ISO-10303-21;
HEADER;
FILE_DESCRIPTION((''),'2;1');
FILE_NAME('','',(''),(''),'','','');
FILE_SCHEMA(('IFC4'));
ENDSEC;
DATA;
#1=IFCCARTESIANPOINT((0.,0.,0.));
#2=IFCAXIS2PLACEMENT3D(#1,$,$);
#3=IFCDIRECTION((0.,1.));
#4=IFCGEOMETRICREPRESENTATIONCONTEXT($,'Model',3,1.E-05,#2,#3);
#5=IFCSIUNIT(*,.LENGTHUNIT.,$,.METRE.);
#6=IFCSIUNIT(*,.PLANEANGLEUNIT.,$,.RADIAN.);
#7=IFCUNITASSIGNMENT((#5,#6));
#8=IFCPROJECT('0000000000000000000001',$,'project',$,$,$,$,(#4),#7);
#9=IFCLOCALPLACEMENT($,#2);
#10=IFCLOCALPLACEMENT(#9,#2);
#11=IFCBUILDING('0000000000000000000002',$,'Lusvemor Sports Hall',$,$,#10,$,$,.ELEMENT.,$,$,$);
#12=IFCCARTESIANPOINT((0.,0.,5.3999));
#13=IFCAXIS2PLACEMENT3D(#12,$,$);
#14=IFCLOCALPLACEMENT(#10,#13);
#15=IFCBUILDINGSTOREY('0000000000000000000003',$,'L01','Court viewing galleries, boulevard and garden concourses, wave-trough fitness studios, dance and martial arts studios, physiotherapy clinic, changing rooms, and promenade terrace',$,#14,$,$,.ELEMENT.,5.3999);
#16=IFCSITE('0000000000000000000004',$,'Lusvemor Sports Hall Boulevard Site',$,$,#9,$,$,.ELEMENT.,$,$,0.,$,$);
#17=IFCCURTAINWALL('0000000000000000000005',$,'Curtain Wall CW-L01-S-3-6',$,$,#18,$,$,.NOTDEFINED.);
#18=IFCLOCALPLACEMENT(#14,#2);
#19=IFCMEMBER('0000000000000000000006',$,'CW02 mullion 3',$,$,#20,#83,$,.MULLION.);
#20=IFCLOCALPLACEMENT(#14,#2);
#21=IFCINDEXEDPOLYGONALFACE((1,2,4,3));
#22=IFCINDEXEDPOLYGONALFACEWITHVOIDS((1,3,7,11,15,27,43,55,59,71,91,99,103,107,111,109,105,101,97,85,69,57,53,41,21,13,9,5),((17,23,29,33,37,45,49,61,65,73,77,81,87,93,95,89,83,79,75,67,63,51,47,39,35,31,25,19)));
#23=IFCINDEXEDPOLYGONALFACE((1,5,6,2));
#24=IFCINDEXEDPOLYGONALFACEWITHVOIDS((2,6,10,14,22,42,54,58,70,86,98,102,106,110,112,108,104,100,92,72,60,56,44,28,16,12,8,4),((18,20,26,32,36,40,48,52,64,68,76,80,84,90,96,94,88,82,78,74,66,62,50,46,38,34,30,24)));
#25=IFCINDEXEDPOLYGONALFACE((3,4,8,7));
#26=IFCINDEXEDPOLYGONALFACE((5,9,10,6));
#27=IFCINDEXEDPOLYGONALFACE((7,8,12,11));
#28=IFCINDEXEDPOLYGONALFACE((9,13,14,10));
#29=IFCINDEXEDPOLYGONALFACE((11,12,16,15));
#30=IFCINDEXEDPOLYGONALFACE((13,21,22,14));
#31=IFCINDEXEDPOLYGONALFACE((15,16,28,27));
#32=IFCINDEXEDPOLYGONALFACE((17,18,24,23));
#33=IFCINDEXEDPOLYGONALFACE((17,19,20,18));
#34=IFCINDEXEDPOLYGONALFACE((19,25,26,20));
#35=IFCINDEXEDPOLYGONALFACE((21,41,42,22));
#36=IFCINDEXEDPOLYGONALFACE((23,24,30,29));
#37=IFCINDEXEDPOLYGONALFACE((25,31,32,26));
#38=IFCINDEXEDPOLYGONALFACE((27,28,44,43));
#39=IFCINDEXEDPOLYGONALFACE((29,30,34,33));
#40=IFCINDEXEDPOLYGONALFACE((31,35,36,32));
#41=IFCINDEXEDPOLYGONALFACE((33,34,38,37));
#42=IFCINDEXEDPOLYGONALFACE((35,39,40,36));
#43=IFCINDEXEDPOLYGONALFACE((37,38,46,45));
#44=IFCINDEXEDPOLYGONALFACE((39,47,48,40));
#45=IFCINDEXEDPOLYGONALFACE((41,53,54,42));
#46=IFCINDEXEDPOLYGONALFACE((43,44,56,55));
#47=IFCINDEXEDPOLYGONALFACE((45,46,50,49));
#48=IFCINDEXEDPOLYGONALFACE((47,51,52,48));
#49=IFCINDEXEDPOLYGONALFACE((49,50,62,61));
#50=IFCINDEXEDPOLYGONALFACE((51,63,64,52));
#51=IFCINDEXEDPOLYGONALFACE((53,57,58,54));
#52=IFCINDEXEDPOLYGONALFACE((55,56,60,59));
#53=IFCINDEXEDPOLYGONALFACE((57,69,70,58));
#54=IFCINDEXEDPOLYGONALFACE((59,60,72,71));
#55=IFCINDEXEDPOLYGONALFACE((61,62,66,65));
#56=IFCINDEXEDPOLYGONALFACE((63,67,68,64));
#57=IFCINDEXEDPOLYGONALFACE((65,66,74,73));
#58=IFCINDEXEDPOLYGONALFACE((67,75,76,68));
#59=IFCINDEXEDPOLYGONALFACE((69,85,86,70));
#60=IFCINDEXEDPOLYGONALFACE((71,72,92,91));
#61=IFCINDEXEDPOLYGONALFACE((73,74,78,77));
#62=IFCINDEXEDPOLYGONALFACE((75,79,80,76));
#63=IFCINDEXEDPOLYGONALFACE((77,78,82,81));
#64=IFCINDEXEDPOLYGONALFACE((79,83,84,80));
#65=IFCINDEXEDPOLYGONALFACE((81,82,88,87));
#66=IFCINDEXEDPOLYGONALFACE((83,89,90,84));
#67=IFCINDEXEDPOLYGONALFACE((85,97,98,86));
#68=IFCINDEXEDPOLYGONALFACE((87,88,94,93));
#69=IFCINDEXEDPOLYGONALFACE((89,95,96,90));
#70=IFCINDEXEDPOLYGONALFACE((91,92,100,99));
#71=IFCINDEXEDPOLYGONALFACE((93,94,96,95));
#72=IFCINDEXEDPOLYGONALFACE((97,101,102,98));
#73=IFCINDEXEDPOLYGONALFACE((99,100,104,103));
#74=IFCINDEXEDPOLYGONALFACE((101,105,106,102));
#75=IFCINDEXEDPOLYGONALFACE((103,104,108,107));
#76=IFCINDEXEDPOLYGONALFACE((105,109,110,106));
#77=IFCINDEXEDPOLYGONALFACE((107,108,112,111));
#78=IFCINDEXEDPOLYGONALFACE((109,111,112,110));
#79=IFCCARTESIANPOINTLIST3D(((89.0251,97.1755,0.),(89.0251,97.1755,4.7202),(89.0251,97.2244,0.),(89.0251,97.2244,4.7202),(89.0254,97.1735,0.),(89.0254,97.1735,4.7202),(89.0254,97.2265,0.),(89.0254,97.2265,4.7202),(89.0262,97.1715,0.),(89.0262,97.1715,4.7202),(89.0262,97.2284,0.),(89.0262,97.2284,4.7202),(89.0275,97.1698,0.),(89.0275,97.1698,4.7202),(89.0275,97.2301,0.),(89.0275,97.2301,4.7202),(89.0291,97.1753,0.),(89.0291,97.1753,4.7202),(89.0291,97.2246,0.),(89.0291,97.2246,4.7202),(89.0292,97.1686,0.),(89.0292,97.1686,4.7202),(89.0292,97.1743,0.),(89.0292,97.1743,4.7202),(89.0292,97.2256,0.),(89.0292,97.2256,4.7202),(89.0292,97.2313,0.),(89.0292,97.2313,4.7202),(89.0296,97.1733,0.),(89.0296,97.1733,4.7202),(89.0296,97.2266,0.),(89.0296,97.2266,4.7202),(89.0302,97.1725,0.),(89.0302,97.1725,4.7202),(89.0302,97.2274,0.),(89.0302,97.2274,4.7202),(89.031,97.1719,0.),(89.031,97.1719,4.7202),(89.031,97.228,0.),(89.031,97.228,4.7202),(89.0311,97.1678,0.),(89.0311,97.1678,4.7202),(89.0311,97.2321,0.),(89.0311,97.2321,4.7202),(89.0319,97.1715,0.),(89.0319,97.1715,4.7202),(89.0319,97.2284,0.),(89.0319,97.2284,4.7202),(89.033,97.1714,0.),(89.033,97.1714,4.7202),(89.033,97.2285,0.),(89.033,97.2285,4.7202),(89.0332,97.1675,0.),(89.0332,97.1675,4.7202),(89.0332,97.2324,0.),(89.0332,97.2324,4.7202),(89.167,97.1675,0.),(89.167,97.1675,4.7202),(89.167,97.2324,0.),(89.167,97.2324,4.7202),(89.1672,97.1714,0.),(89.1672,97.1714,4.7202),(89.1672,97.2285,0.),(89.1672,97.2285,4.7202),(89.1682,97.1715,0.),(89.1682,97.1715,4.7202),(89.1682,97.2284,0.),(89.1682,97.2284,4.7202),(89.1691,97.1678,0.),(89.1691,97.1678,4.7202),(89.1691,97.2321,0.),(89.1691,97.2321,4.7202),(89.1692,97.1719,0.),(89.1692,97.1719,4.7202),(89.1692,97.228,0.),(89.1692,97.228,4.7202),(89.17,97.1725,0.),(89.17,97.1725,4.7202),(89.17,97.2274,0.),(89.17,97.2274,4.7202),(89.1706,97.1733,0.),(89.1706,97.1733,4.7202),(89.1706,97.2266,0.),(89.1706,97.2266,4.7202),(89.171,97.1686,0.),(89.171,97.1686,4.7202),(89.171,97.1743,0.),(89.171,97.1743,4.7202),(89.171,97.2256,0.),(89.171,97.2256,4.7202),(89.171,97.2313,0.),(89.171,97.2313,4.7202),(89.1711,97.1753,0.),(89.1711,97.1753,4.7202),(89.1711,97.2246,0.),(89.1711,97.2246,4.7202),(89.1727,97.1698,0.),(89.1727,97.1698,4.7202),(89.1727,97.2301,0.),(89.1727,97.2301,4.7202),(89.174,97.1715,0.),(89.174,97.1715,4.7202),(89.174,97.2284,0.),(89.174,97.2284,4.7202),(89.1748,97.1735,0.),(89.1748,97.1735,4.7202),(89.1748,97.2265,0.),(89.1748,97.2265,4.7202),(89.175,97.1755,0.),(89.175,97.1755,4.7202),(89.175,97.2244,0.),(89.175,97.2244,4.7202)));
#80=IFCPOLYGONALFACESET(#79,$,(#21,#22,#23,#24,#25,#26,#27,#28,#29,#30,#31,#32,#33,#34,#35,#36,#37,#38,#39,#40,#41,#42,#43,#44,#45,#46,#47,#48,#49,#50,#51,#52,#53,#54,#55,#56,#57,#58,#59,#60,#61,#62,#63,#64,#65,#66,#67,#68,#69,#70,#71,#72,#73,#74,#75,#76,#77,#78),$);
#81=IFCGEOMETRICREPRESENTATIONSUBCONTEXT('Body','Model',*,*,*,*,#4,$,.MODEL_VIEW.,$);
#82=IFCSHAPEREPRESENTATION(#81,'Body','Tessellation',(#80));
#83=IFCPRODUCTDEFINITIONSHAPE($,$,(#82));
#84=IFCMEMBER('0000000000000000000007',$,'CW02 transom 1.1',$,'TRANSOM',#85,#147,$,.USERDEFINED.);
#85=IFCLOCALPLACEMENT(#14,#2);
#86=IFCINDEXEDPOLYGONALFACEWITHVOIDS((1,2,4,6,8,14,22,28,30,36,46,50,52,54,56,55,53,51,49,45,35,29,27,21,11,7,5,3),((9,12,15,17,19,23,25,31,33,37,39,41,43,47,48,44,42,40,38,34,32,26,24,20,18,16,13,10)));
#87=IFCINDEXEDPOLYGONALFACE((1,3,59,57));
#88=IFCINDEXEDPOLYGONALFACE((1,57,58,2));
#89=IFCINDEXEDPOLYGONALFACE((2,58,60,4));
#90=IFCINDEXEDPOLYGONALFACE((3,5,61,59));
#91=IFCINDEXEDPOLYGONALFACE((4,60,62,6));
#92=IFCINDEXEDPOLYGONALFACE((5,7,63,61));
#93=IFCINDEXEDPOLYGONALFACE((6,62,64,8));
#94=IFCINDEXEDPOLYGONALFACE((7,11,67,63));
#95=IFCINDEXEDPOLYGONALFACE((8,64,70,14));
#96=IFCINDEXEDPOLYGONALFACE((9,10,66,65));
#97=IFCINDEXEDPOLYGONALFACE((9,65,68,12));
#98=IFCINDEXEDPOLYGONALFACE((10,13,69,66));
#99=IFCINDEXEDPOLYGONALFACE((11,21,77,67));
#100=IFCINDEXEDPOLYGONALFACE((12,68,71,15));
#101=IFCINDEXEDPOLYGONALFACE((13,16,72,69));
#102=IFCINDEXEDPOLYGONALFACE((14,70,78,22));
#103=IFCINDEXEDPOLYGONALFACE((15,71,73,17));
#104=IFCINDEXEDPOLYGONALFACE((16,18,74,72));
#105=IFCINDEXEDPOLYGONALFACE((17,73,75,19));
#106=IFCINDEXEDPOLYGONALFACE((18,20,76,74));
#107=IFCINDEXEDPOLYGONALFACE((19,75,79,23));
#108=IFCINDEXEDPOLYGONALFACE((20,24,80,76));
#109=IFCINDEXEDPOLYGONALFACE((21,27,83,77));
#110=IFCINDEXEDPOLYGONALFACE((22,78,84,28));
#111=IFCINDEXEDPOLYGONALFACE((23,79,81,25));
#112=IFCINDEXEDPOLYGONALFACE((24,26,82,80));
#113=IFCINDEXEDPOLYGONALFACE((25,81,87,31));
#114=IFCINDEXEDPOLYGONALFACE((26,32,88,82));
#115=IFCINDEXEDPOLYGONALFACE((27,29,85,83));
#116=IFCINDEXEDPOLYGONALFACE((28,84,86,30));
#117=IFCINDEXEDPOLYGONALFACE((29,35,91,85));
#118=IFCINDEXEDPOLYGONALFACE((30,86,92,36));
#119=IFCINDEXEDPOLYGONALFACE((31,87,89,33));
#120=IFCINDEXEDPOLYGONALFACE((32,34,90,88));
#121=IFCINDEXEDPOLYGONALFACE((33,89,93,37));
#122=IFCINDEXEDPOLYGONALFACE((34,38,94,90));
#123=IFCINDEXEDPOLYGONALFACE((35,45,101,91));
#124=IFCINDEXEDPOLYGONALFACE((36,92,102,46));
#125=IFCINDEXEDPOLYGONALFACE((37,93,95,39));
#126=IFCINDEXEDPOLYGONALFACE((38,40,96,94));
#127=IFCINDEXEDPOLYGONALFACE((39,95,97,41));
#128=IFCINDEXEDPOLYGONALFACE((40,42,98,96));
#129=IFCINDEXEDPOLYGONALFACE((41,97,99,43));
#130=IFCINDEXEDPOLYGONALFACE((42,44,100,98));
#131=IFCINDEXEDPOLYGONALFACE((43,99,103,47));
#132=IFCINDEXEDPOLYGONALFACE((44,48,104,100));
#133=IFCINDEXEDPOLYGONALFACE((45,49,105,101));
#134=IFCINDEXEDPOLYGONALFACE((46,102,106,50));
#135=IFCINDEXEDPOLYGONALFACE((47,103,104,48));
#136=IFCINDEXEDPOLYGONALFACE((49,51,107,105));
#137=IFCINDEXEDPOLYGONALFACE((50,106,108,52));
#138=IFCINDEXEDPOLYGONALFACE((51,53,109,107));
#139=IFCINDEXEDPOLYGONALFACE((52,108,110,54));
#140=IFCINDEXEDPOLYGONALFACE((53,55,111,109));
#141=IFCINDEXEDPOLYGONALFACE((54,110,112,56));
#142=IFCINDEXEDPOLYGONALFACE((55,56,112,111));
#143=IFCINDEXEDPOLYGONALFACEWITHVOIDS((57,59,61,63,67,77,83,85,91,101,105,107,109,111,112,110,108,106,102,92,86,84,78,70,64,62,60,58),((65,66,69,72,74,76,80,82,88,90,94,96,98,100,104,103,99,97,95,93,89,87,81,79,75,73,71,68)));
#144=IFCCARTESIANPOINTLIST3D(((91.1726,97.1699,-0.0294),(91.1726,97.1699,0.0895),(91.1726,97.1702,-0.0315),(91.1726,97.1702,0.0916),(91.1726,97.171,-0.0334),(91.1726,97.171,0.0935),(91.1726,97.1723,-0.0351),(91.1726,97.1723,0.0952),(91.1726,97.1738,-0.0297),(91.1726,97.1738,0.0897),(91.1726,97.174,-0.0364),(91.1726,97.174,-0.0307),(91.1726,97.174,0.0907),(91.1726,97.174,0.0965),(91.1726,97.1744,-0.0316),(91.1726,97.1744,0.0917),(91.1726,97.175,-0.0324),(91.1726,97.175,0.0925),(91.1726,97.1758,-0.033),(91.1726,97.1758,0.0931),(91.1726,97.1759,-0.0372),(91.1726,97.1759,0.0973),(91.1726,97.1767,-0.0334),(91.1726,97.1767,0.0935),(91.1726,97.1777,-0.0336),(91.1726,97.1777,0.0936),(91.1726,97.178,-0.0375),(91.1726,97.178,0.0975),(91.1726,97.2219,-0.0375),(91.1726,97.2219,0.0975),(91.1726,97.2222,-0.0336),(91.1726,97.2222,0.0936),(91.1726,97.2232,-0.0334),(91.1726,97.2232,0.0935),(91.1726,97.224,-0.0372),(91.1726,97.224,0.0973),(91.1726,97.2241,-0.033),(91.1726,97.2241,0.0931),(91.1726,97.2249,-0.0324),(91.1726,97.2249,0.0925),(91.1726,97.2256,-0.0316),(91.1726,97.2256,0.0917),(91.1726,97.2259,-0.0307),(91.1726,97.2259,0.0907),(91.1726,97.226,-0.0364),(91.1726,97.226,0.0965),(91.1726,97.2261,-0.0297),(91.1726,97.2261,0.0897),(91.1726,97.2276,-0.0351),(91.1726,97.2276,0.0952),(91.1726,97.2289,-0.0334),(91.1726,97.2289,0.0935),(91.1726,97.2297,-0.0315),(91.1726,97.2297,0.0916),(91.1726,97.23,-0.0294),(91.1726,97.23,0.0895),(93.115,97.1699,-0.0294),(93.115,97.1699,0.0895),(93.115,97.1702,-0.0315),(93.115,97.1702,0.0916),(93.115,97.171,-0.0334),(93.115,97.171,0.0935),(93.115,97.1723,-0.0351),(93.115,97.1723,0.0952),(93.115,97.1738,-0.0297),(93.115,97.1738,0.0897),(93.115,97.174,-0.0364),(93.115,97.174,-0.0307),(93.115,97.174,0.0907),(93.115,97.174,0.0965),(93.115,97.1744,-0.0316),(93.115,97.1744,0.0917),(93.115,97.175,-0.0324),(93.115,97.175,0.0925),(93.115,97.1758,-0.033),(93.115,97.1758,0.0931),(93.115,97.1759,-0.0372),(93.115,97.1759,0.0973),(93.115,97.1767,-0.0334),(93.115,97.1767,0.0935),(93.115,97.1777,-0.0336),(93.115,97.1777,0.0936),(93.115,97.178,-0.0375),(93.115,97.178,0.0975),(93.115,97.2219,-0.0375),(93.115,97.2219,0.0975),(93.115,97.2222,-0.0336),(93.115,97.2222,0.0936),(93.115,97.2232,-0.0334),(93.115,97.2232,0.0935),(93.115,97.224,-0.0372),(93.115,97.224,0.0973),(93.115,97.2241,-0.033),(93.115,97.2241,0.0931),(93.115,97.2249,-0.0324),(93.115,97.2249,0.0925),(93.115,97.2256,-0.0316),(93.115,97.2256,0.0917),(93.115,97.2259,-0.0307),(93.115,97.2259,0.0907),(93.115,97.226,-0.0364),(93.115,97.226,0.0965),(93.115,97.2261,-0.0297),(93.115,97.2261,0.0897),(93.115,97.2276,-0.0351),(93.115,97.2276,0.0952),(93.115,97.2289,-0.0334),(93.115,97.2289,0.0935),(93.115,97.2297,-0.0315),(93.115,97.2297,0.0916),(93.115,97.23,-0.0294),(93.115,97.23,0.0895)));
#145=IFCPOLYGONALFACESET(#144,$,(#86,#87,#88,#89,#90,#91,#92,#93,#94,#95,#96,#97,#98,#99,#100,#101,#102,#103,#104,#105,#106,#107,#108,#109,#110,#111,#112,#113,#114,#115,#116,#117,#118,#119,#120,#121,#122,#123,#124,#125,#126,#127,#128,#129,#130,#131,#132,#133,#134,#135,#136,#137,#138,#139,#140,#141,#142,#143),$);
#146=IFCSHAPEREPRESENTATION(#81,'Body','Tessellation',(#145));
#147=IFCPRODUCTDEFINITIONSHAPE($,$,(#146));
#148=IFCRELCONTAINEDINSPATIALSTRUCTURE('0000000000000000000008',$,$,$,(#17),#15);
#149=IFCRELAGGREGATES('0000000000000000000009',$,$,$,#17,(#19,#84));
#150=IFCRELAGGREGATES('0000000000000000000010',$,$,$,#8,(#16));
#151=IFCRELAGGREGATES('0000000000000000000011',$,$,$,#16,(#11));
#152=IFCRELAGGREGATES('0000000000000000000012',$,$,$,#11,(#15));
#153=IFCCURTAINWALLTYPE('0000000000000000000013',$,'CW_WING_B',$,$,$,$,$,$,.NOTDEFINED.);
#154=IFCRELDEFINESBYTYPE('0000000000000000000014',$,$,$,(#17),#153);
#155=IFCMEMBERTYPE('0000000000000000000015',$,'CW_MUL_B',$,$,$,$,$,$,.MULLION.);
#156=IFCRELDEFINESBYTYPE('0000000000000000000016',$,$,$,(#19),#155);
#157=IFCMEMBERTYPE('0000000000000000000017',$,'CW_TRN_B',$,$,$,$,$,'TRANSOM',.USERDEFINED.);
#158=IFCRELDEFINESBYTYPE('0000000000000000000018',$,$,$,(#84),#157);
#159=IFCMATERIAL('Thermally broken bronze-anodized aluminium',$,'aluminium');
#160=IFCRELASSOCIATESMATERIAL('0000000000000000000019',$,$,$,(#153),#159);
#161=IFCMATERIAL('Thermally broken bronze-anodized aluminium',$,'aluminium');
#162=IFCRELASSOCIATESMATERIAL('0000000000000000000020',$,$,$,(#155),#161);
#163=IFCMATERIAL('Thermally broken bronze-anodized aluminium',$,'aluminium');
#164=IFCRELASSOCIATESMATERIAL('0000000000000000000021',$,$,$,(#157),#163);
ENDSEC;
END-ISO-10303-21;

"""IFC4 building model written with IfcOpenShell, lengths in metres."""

from ifc_helpers import new_model, si_unit, direction, frame, origin, origin_2d, place, context, subcontext, project, spatial, hollow_rectangle, extrude, material, material_profile, profile_set, type_object, element, aggregate, save


model = new_model("IFC4")

# Units and contexts
model_context = context("Model", 3, precision=1e-05, world=origin(), true_north=direction((0.0, 1.0)))
body_context = subcontext(model_context, "Body", "Model", "MODEL_VIEW")
ifc_project = project(units=[si_unit("LENGTHUNIT", "METRE"), si_unit("PLANEANGLEUNIT", "RADIAN")], contexts=[model_context])

# Site, building, storey
site_placement = place(None, origin())
site = spatial("IfcSite", under=ifc_project, at=site_placement, Name="Lusvemor Sports Hall Boulevard Site", CompositionType="ELEMENT", RefElevation=0.0)
building_placement = place(site_placement, origin())
building = spatial("IfcBuilding", under=site, at=building_placement, Name="Lusvemor Sports Hall", CompositionType="ELEMENT")
storey_placement = place(building_placement, frame((0.0, 0.0, 5.3999)))
storey = spatial("IfcBuildingStorey", under=building, at=storey_placement, Name="L01", Description="Court viewing galleries, boulevard and garden concourses, wave-trough fitness studios, dance and martial arts studios, physiotherapy clinic, changing rooms, and promenade terrace", CompositionType="ELEMENT", Elevation=5.3999)

# Curtain wall, members
ifc_material_1 = material(Name="Thermally broken bronze-anodized aluminium", Category="aluminium")
curtain_wall_type = type_object("IfcCurtainWallType", Name="CW_WING_B", PredefinedType="NOTDEFINED", material=ifc_material_1)
curtain_wall_placement = place(storey_placement, origin())
curtain_wall = element("IfcCurtainWall", 1, at=curtain_wall_placement, inside=storey, type_object=curtain_wall_type, Name="Curtain Wall CW-L01-S-3-6", PredefinedType="NOTDEFINED")
ifc_material_2 = material(Name="Thermally broken bronze-anodized aluminium", Category="aluminium")
ifc_material_profile_1 = material_profile(ifc_material_2, hollow_rectangle(XDim=0.0649, YDim=0.1499, WallThickness=0.0039, InnerFilletRadius=0.0039, OuterFilletRadius=0.0081, at=origin_2d()), Name="CWMUL150x65x4")
ifc_profile_set_1 = profile_set([ifc_material_profile_1], Name="Thermally broken bronze-anodized aluminium")
member_type_1 = type_object("IfcMemberType", Name="CW_MUL_B", PredefinedType="MULLION", material=ifc_profile_set_1)
member_1_placement = place(storey_placement, frame((89.1001, 97.2, 0.0), z_axis=(0.0, 0.0, 1.0), x_axis=(0.0, -1.0, 0.0)))
member_1 = element("IfcMember", 2, at=member_1_placement, type_object=member_type_1, Name="CW02 mullion 3", PredefinedType="MULLION", context=body_context, shape_type="SweptSolid", body=[
    extrude(hollow_rectangle(XDim=0.0649, YDim=0.1499, WallThickness=0.0039, InnerFilletRadius=0.0039, OuterFilletRadius=0.0081, at=origin_2d()), origin(), (0.0, 0.0, 1.0), 4.7202),
])
ifc_material_3 = material(Name="Thermally broken bronze-anodized aluminium", Category="aluminium")
ifc_material_profile_2 = material_profile(ifc_material_3, hollow_rectangle(XDim=0.0601, YDim=0.135, WallThickness=0.0039, InnerFilletRadius=0.0039, OuterFilletRadius=0.0081, at=origin_2d()), Name="CWTRN135x60x4")
ifc_profile_set_2 = profile_set([ifc_material_profile_2], Name="Thermally broken bronze-anodized aluminium")
member_type_2 = type_object("IfcMemberType", Name="CW_TRN_B", ElementType="TRANSOM", PredefinedType="USERDEFINED", material=ifc_profile_set_2)
member_2_placement = place(storey_placement, frame((93.115, 97.2, 0.03), z_axis=(-1.0, 0.0, 0.0), x_axis=(0.0, -1.0, 0.0)))
member_2 = element("IfcMember", 3, at=member_2_placement, type_object=member_type_2, Name="CW02 transom 1.1", ObjectType="TRANSOM", PredefinedType="USERDEFINED", context=body_context, shape_type="SweptSolid", body=[
    extrude(hollow_rectangle(XDim=0.0601, YDim=0.135, WallThickness=0.0039, InnerFilletRadius=0.0039, OuterFilletRadius=0.0081, at=origin_2d()), origin(), (0.0, 0.0, 1.0), 1.9424),
])

aggregate(curtain_wall, [member_1, member_2])

save(model, "model.ifc")
